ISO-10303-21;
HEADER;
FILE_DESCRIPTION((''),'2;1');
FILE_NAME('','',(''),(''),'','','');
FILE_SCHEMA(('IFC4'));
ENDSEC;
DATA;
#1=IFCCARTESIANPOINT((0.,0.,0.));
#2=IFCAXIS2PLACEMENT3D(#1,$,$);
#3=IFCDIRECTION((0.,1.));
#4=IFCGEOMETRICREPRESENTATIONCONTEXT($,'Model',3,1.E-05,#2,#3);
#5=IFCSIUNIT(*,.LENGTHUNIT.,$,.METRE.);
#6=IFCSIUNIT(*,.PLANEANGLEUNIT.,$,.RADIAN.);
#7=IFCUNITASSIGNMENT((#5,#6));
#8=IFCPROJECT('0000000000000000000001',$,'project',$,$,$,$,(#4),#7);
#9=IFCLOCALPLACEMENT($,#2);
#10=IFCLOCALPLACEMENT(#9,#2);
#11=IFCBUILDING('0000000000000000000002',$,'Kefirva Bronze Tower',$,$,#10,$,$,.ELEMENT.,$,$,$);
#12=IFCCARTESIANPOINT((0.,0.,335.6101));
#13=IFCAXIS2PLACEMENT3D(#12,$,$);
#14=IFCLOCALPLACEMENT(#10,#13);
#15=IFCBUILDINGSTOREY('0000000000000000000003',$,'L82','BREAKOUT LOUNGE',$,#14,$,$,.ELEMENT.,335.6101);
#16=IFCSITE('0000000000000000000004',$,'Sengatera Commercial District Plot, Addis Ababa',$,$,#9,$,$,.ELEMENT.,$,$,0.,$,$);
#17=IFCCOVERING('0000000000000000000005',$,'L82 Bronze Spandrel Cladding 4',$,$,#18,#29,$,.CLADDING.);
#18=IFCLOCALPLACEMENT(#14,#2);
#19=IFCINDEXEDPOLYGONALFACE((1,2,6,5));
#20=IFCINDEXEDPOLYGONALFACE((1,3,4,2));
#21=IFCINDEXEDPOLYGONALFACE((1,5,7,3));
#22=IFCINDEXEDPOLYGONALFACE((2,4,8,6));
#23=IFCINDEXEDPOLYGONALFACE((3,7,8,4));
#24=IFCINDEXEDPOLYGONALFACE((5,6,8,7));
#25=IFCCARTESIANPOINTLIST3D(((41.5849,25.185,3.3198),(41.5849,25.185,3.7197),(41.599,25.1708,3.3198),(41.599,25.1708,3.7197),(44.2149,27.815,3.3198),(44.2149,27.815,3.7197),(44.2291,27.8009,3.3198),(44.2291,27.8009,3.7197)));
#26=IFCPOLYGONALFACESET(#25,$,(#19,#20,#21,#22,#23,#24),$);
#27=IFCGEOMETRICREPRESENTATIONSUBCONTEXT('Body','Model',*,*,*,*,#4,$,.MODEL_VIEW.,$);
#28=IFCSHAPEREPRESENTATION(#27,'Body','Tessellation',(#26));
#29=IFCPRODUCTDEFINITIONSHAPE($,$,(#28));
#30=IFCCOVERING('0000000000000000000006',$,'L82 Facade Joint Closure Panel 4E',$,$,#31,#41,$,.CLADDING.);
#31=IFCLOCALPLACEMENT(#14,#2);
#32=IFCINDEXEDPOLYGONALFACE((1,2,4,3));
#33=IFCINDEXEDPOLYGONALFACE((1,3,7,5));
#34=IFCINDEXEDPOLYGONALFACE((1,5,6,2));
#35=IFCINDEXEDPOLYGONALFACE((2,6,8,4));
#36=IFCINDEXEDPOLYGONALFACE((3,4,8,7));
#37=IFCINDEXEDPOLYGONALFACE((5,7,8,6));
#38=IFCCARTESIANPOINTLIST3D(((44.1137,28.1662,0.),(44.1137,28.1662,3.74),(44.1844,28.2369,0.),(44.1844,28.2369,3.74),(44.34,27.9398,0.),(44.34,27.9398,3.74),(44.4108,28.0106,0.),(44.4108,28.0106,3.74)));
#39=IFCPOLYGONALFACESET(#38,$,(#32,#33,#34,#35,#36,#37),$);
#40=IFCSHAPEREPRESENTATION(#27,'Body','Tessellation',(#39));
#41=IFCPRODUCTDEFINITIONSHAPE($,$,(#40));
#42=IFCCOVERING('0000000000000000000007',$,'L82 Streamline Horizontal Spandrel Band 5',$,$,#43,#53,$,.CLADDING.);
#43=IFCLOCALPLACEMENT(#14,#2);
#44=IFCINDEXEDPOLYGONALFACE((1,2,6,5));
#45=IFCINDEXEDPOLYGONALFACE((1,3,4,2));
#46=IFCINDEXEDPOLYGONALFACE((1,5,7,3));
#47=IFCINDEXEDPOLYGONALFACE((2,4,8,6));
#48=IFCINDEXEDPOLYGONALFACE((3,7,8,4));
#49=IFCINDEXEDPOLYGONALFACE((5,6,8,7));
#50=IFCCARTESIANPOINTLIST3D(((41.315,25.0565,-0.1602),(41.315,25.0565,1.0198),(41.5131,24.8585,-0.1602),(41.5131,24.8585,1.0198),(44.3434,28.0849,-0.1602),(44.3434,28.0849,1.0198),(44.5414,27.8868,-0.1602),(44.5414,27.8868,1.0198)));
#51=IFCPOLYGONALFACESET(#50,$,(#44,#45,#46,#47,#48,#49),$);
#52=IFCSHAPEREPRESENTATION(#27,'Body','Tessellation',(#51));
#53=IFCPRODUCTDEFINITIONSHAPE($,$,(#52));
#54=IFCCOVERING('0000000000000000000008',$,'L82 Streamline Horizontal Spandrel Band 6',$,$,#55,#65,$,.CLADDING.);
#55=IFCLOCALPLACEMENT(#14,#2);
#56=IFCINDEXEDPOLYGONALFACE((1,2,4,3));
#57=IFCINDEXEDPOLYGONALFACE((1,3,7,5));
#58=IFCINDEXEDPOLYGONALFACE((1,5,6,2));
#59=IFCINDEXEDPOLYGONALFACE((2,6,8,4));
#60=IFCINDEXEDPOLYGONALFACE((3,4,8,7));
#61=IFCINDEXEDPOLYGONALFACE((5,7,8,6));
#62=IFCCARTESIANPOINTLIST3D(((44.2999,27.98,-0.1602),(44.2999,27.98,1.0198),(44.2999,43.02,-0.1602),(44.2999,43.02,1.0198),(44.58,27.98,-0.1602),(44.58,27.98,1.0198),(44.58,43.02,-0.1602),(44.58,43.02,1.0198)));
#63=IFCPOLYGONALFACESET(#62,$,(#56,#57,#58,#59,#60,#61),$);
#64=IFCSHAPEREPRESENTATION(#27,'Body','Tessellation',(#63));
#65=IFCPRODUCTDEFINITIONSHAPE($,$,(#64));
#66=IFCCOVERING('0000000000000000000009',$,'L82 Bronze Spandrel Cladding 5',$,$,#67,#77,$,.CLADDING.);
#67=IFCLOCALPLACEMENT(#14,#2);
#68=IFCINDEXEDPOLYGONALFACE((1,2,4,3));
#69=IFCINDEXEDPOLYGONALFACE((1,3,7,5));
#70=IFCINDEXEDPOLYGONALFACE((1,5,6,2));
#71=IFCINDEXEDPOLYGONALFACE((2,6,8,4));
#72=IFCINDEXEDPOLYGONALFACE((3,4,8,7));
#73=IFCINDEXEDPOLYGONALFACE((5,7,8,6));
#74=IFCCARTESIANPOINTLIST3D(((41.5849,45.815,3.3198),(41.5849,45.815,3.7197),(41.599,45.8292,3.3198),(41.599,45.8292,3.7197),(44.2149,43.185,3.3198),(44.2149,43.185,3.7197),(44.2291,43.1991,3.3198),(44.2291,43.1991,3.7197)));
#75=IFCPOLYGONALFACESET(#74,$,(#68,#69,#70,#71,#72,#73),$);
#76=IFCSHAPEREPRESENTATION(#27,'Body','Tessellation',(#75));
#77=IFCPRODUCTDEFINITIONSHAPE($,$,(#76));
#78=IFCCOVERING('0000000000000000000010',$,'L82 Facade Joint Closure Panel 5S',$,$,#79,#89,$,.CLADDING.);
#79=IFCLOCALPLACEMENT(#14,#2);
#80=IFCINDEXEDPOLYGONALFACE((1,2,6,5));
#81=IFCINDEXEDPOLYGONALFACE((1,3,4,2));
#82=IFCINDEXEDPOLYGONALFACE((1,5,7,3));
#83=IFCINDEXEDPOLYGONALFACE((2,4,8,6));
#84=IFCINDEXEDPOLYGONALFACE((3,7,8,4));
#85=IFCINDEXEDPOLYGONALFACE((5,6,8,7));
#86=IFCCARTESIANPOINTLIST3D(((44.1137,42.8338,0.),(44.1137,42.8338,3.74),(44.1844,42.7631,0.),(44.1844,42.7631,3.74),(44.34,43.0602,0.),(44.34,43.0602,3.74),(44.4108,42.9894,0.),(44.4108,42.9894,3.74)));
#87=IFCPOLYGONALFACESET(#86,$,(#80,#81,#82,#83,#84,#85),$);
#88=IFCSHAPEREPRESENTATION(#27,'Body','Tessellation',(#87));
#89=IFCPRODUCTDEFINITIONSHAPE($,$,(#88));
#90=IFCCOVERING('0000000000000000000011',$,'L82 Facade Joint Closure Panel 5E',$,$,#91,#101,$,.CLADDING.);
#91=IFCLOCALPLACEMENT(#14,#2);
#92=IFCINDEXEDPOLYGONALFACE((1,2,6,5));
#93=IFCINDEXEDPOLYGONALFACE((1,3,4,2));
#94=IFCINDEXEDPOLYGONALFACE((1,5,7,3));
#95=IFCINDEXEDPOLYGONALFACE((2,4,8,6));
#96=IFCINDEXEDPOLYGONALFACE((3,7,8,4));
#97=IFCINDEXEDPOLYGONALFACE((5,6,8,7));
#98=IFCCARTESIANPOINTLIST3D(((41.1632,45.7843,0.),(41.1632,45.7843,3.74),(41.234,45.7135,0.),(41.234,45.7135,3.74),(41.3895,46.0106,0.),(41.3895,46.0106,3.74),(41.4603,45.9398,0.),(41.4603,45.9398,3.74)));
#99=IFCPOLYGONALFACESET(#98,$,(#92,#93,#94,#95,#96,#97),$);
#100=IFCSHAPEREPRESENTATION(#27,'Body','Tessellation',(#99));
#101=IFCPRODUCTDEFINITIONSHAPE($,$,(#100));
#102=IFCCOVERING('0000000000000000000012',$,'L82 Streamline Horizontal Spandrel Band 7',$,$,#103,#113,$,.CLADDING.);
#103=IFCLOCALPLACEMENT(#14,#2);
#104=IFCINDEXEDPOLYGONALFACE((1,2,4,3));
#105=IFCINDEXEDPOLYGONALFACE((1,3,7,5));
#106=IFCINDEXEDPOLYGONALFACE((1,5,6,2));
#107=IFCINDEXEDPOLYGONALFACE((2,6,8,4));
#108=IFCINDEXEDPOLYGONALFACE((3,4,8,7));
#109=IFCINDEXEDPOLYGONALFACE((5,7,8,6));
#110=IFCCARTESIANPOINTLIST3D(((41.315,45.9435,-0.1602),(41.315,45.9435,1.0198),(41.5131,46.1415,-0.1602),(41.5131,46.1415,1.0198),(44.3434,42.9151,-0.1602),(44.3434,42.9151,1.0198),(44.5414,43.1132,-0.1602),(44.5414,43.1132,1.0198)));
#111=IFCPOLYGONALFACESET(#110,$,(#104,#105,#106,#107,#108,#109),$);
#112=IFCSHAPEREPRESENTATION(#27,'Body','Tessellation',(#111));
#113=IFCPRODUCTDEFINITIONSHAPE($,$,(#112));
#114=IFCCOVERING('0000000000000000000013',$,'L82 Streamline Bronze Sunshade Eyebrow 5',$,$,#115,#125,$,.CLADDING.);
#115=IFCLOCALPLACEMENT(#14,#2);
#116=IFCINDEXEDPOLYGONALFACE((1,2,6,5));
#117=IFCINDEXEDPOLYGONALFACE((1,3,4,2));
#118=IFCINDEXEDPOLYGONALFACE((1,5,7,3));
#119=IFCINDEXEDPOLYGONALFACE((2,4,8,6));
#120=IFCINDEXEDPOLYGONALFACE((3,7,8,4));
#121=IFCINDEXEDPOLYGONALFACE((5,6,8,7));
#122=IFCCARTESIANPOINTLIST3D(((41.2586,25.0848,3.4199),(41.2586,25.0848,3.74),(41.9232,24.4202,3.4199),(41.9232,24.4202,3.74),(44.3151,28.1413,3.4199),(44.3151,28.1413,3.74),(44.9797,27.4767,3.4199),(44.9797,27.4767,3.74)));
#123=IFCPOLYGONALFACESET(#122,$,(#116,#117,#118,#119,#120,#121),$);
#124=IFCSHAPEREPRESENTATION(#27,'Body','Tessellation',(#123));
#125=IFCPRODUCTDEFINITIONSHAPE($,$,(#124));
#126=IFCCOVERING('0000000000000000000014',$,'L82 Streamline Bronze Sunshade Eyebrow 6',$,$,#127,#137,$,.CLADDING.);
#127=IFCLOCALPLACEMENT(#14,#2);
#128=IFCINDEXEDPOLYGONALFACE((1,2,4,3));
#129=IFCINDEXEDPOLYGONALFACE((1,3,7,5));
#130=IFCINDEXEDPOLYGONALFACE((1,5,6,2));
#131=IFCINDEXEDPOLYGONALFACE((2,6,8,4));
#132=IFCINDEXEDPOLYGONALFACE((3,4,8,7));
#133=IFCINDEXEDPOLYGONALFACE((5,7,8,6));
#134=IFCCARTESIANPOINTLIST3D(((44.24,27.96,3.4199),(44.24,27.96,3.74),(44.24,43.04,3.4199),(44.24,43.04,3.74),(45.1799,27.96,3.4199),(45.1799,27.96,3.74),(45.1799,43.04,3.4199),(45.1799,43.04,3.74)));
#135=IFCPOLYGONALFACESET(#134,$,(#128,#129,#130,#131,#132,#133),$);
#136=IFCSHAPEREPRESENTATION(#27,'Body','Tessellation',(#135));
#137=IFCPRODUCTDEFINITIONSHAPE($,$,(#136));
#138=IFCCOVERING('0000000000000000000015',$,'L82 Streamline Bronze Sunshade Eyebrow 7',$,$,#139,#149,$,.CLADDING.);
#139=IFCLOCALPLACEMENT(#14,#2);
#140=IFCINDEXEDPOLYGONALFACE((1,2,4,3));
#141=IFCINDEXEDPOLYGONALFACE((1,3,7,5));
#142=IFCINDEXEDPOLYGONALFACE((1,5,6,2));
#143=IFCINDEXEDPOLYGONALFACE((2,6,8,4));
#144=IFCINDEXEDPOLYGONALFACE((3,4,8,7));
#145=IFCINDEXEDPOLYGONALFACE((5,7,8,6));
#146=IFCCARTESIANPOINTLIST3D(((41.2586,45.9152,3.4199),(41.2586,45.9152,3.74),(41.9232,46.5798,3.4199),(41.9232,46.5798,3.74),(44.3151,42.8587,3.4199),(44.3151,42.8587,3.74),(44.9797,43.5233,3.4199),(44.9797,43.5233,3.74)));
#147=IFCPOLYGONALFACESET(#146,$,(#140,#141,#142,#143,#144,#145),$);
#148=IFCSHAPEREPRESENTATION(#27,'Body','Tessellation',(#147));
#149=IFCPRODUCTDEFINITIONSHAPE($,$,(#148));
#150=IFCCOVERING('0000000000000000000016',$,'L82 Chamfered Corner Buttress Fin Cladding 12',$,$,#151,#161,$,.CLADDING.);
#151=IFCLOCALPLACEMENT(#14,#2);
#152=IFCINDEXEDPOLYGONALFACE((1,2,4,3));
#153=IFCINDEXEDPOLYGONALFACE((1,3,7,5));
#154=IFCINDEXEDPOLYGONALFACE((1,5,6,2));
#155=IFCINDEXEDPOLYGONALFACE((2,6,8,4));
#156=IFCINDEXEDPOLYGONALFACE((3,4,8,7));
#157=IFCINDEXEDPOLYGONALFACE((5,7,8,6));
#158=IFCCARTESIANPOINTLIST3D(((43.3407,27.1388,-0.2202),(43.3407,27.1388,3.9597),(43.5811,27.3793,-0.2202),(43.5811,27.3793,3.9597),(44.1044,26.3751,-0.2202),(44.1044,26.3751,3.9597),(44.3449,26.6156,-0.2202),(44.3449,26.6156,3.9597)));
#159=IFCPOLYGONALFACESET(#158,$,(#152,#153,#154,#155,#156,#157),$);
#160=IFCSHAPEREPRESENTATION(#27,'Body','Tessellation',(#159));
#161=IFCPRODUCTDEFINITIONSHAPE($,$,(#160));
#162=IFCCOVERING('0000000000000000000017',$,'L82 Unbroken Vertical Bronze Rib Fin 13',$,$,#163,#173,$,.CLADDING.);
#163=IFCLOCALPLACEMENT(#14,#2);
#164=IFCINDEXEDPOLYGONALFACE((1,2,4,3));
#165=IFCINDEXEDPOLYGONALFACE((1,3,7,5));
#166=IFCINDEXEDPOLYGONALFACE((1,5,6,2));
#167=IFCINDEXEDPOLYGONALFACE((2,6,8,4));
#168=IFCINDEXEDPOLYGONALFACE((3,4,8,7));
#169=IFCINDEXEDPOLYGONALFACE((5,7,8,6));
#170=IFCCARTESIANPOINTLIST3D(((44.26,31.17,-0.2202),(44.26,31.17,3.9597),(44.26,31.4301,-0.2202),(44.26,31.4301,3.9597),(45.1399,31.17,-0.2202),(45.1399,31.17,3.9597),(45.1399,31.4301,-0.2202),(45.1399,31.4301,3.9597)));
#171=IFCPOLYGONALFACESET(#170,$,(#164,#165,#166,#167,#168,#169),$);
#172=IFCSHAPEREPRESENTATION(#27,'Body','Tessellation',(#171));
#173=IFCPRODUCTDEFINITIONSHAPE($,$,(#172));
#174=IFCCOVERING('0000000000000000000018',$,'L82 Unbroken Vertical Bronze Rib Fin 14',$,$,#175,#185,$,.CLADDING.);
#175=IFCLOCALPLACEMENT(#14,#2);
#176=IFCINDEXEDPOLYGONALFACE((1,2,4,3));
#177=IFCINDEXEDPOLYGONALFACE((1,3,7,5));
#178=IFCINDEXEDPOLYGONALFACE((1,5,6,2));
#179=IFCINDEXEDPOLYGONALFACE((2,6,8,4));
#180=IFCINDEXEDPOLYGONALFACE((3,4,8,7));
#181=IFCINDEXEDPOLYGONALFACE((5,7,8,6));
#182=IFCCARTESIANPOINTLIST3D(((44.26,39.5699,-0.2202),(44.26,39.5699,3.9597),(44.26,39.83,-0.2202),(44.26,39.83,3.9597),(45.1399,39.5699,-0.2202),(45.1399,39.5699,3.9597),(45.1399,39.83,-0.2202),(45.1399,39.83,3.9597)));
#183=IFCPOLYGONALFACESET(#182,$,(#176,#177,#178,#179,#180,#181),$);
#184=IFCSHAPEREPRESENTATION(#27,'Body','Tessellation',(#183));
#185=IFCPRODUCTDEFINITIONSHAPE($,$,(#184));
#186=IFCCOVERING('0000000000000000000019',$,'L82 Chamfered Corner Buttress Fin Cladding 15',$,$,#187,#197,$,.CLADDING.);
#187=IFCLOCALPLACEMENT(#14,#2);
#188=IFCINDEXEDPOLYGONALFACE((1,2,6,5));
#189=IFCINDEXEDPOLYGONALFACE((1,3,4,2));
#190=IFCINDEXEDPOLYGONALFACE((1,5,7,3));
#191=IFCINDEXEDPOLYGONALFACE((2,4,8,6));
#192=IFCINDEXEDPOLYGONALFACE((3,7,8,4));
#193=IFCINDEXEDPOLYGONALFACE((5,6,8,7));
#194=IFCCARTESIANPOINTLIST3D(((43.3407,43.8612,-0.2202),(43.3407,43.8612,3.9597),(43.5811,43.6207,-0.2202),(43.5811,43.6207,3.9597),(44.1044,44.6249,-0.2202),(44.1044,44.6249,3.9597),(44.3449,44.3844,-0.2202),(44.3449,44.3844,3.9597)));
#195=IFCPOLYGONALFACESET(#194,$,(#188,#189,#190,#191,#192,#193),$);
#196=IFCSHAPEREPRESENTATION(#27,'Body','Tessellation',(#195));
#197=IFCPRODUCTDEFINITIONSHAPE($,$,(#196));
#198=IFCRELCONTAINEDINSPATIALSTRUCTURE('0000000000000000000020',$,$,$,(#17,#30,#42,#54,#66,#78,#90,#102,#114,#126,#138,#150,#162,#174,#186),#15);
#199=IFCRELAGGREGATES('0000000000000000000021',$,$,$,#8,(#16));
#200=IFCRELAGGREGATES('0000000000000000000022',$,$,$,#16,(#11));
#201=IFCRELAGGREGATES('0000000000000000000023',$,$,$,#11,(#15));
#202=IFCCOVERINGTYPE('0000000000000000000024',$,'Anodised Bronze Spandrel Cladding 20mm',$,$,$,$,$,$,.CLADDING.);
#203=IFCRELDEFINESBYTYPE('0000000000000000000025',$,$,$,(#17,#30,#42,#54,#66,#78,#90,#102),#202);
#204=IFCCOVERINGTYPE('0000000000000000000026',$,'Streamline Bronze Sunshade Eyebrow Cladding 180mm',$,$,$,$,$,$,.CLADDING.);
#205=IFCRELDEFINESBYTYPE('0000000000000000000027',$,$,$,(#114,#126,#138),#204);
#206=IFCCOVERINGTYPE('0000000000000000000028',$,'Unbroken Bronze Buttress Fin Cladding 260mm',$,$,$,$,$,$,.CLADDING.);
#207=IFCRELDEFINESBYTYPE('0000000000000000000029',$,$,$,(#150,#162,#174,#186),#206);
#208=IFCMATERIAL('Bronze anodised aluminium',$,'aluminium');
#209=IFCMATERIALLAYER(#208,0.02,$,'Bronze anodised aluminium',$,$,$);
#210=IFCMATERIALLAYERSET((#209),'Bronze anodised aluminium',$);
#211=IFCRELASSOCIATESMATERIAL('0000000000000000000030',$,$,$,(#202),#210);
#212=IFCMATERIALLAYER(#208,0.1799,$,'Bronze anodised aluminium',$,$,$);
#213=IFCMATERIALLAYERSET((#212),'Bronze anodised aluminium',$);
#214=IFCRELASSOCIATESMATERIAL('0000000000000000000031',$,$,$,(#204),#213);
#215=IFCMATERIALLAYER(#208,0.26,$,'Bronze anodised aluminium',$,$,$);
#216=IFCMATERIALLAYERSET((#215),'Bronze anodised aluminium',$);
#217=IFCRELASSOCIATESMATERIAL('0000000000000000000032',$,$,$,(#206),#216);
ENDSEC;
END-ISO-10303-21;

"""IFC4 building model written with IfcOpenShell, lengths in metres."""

from ifc_helpers import new_model, si_unit, direction, frame, origin, origin_2d, place, context, subcontext, project, spatial, rectangle, extrude, material, layer, layer_set, type_object, element, save


model = new_model("IFC4")

# Units and contexts
model_context = context("Model", 3, precision=1e-05, world=origin(), true_north=direction((0.0, 1.0)))
body_context = subcontext(model_context, "Body", "Model", "MODEL_VIEW")
ifc_project = project(units=[si_unit("LENGTHUNIT", "METRE"), si_unit("PLANEANGLEUNIT", "RADIAN")], contexts=[model_context])

# Site, building, storey
site_placement = place(None, origin())
site = spatial("IfcSite", under=ifc_project, at=site_placement, Name="Sengatera Commercial District Plot, Addis Ababa", CompositionType="ELEMENT", RefElevation=0.0)
building_placement = place(site_placement, origin())
building = spatial("IfcBuilding", under=site, at=building_placement, Name="Kefirva Bronze Tower", CompositionType="ELEMENT")
storey_placement = place(building_placement, frame((0.0, 0.0, 335.6101)))
storey = spatial("IfcBuildingStorey", under=building, at=storey_placement, Name="L82", Description="BREAKOUT LOUNGE", CompositionType="ELEMENT", Elevation=335.6101)

# Shared definitions
ifc_material_1 = material(Name="Bronze anodised aluminium", Category="aluminium")

# Coverings
ifc_layer_1 = layer(ifc_material_1, 0.02, Name="Bronze anodised aluminium")
ifc_layer_set_1 = layer_set([ifc_layer_1], Name="Bronze anodised aluminium")
covering_type_1 = type_object("IfcCoveringType", Name="Anodised Bronze Spandrel Cladding 20mm", PredefinedType="CLADDING", material=ifc_layer_set_1)
covering_1_placement = place(storey_placement, frame((42.907, 26.4929, 3.3198), z_axis=(0.0, 0.0, 1.0), x_axis=(0.707107, 0.707107, 0.0)))
element("IfcCovering", 1, at=covering_1_placement, inside=storey, type_object=covering_type_1, Name="L82 Bronze Spandrel Cladding 4", PredefinedType="CLADDING", context=body_context, shape_type="SweptSolid", body=[
    extrude(rectangle(XDim=3.7195, YDim=0.02, at=origin_2d()), origin(), (0.0, 0.0, 1.0), 0.3999),
])
covering_2_placement = place(storey_placement, frame((44.2622, 28.0884, 0.0), z_axis=(0.0, 0.0, 1.0), x_axis=(0.707107, 0.707107, 0.0)))
element("IfcCovering", 2, at=covering_2_placement, inside=storey, type_object=covering_type_1, Name="L82 Facade Joint Closure Panel 4E", PredefinedType="CLADDING", context=body_context, shape_type="SweptSolid", body=[
    extrude(rectangle(XDim=0.1001, YDim=0.3201, at=origin_2d()), origin(), (0.0, 0.0, 1.0), 3.74),
])
covering_3_placement = place(storey_placement, frame((42.9282, 26.4717, -0.1602), z_axis=(0.0, 0.0, 1.0), x_axis=(0.707107, 0.707107, 0.0)))
element("IfcCovering", 3, at=covering_3_placement, inside=storey, type_object=covering_type_1, Name="L82 Streamline Horizontal Spandrel Band 5", PredefinedType="CLADDING", context=body_context, shape_type="SweptSolid", body=[
    extrude(rectangle(XDim=4.2827, YDim=0.28, at=origin_2d()), origin(), (0.0, 0.0, 1.0), 1.1799),
])
covering_4_placement = place(storey_placement, frame((44.4399, 35.5, -0.1602), z_axis=(0.0, 0.0, 1.0), x_axis=(0.0, 1.0, 0.0)))
element("IfcCovering", 4, at=covering_4_placement, inside=storey, type_object=covering_type_1, Name="L82 Streamline Horizontal Spandrel Band 6", PredefinedType="CLADDING", context=body_context, shape_type="SweptSolid", body=[
    extrude(rectangle(XDim=15.04, YDim=0.28, at=origin_2d()), origin(), (0.0, 0.0, 1.0), 1.1799),
])
covering_5_placement = place(storey_placement, frame((42.907, 44.5071, 3.3198), z_axis=(0.0, 0.0, 1.0), x_axis=(-0.707107, 0.707107, 0.0)))
element("IfcCovering", 5, at=covering_5_placement, inside=storey, type_object=covering_type_1, Name="L82 Bronze Spandrel Cladding 5", PredefinedType="CLADDING", context=body_context, shape_type="SweptSolid", body=[
    extrude(rectangle(XDim=3.7195, YDim=0.02, at=origin_2d()), origin(), (0.0, 0.0, 1.0), 0.3999),
])
for number, where, z_axis, x_axis, name in (
    (6, (44.2622, 42.9116, 0.0), (0.0, 0.0, 1.0), (-0.707107, 0.707107, 0.0), "L82 Facade Joint Closure Panel 5S"),
    (7, (41.3118, 45.8621, 0.0), (0.0, 0.0, 1.0), (-0.707107, 0.707107, 0.0), "L82 Facade Joint Closure Panel 5E"),
):
    element("IfcCovering", number, at=place(storey_placement, frame(where, z_axis=z_axis, x_axis=x_axis)), inside=storey, type_object=covering_type_1, Name=name, PredefinedType="CLADDING", context=body_context, shape_type="SweptSolid", body=[
        extrude(rectangle(XDim=0.1001, YDim=0.3201, at=origin_2d()), origin(), (0.0, 0.0, 1.0), 3.74),
    ])
covering_6_placement = place(storey_placement, frame((42.9282, 44.5283, -0.1602), z_axis=(0.0, 0.0, 1.0), x_axis=(-0.707107, 0.707107, 0.0)))
element("IfcCovering", 8, at=covering_6_placement, inside=storey, type_object=covering_type_1, Name="L82 Streamline Horizontal Spandrel Band 7", PredefinedType="CLADDING", context=body_context, shape_type="SweptSolid", body=[
    extrude(rectangle(XDim=4.2827, YDim=0.28, at=origin_2d()), origin(), (0.0, 0.0, 1.0), 1.1799),
])
ifc_layer_2 = layer(ifc_material_1, 0.1799, Name="Bronze anodised aluminium")
ifc_layer_set_2 = layer_set([ifc_layer_2], Name="Bronze anodised aluminium")
covering_type_2 = type_object("IfcCoveringType", Name="Streamline Bronze Sunshade Eyebrow Cladding 180mm", PredefinedType="CLADDING", material=ifc_layer_set_2)
covering_7_placement = place(storey_placement, frame((43.1191, 26.2808, 3.4199), z_axis=(0.0, 0.0, 1.0), x_axis=(0.707107, 0.707107, 0.0)))
element("IfcCovering", 9, at=covering_7_placement, inside=storey, type_object=covering_type_2, Name="L82 Streamline Bronze Sunshade Eyebrow 5", PredefinedType="CLADDING", context=body_context, shape_type="SweptSolid", body=[
    extrude(rectangle(XDim=4.3225, YDim=0.9399, at=origin_2d()), origin(), (0.0, 0.0, 1.0), 0.3201),
])
covering_8_placement = place(storey_placement, frame((44.71, 35.5, 3.4199), z_axis=(0.0, 0.0, 1.0), x_axis=(0.0, 1.0, 0.0)))
element("IfcCovering", 10, at=covering_8_placement, inside=storey, type_object=covering_type_2, Name="L82 Streamline Bronze Sunshade Eyebrow 6", PredefinedType="CLADDING", context=body_context, shape_type="SweptSolid", body=[
    extrude(rectangle(XDim=15.0801, YDim=0.9399, at=origin_2d()), origin(), (0.0, 0.0, 1.0), 0.3201),
])
covering_9_placement = place(storey_placement, frame((43.1191, 44.7192, 3.4199), z_axis=(0.0, 0.0, 1.0), x_axis=(-0.707107, 0.707107, 0.0)))
element("IfcCovering", 11, at=covering_9_placement, inside=storey, type_object=covering_type_2, Name="L82 Streamline Bronze Sunshade Eyebrow 7", PredefinedType="CLADDING", context=body_context, shape_type="SweptSolid", body=[
    extrude(rectangle(XDim=4.3225, YDim=0.9399, at=origin_2d()), origin(), (0.0, 0.0, 1.0), 0.3201),
])
ifc_layer_3 = layer(ifc_material_1, 0.26, Name="Bronze anodised aluminium")
ifc_layer_set_3 = layer_set([ifc_layer_3], Name="Bronze anodised aluminium")
covering_type_3 = type_object("IfcCoveringType", Name="Unbroken Bronze Buttress Fin Cladding 260mm", PredefinedType="CLADDING", material=ifc_layer_set_3)
covering_10_placement = place(storey_placement, frame((43.8428, 26.8772, -0.2202), z_axis=(0.0, 0.0, 1.0), x_axis=(0.707107, 0.707107, 0.0)))
element("IfcCovering", 12, at=covering_10_placement, inside=storey, type_object=covering_type_3, Name="L82 Chamfered Corner Buttress Fin Cladding 12", PredefinedType="CLADDING", context=body_context, shape_type="SweptSolid", body=[
    extrude(rectangle(XDim=0.3401, YDim=1.0801, at=origin_2d()), origin(), (0.0, 0.0, 1.0), 4.1799),
])
for number, where, z_axis, x_axis, name in (
    (13, (44.7, 31.3, -0.2202), (0.0, 0.0, 1.0), (0.0, 1.0, 0.0), "L82 Unbroken Vertical Bronze Rib Fin 13"),
    (14, (44.7, 39.7, -0.2202), (0.0, 0.0, 1.0), (0.0, 1.0, 0.0), "L82 Unbroken Vertical Bronze Rib Fin 14"),
):
    element("IfcCovering", number, at=place(storey_placement, frame(where, z_axis=z_axis, x_axis=x_axis)), inside=storey, type_object=covering_type_3, Name=name, PredefinedType="CLADDING", context=body_context, shape_type="SweptSolid", body=[
        extrude(rectangle(XDim=0.26, YDim=0.8799, at=origin_2d()), origin(), (0.0, 0.0, 1.0), 4.1799),
    ])
for number, where, z_axis, x_axis, name in (
    (15, (43.8428, 44.1228, -0.2202), (0.0, 0.0, 1.0), (-0.707107, 0.707107, 0.0), "L82 Chamfered Corner Buttress Fin Cladding 15"),
):
    element("IfcCovering", number, at=place(storey_placement, frame(where, z_axis=z_axis, x_axis=x_axis)), inside=storey, type_object=covering_type_3, Name=name, PredefinedType="CLADDING", context=body_context, shape_type="SweptSolid", body=[
        extrude(rectangle(XDim=0.3401, YDim=1.0801, at=origin_2d()), origin(), (0.0, 0.0, 1.0), 4.1799),
    ])

save(model, "model.ifc")
